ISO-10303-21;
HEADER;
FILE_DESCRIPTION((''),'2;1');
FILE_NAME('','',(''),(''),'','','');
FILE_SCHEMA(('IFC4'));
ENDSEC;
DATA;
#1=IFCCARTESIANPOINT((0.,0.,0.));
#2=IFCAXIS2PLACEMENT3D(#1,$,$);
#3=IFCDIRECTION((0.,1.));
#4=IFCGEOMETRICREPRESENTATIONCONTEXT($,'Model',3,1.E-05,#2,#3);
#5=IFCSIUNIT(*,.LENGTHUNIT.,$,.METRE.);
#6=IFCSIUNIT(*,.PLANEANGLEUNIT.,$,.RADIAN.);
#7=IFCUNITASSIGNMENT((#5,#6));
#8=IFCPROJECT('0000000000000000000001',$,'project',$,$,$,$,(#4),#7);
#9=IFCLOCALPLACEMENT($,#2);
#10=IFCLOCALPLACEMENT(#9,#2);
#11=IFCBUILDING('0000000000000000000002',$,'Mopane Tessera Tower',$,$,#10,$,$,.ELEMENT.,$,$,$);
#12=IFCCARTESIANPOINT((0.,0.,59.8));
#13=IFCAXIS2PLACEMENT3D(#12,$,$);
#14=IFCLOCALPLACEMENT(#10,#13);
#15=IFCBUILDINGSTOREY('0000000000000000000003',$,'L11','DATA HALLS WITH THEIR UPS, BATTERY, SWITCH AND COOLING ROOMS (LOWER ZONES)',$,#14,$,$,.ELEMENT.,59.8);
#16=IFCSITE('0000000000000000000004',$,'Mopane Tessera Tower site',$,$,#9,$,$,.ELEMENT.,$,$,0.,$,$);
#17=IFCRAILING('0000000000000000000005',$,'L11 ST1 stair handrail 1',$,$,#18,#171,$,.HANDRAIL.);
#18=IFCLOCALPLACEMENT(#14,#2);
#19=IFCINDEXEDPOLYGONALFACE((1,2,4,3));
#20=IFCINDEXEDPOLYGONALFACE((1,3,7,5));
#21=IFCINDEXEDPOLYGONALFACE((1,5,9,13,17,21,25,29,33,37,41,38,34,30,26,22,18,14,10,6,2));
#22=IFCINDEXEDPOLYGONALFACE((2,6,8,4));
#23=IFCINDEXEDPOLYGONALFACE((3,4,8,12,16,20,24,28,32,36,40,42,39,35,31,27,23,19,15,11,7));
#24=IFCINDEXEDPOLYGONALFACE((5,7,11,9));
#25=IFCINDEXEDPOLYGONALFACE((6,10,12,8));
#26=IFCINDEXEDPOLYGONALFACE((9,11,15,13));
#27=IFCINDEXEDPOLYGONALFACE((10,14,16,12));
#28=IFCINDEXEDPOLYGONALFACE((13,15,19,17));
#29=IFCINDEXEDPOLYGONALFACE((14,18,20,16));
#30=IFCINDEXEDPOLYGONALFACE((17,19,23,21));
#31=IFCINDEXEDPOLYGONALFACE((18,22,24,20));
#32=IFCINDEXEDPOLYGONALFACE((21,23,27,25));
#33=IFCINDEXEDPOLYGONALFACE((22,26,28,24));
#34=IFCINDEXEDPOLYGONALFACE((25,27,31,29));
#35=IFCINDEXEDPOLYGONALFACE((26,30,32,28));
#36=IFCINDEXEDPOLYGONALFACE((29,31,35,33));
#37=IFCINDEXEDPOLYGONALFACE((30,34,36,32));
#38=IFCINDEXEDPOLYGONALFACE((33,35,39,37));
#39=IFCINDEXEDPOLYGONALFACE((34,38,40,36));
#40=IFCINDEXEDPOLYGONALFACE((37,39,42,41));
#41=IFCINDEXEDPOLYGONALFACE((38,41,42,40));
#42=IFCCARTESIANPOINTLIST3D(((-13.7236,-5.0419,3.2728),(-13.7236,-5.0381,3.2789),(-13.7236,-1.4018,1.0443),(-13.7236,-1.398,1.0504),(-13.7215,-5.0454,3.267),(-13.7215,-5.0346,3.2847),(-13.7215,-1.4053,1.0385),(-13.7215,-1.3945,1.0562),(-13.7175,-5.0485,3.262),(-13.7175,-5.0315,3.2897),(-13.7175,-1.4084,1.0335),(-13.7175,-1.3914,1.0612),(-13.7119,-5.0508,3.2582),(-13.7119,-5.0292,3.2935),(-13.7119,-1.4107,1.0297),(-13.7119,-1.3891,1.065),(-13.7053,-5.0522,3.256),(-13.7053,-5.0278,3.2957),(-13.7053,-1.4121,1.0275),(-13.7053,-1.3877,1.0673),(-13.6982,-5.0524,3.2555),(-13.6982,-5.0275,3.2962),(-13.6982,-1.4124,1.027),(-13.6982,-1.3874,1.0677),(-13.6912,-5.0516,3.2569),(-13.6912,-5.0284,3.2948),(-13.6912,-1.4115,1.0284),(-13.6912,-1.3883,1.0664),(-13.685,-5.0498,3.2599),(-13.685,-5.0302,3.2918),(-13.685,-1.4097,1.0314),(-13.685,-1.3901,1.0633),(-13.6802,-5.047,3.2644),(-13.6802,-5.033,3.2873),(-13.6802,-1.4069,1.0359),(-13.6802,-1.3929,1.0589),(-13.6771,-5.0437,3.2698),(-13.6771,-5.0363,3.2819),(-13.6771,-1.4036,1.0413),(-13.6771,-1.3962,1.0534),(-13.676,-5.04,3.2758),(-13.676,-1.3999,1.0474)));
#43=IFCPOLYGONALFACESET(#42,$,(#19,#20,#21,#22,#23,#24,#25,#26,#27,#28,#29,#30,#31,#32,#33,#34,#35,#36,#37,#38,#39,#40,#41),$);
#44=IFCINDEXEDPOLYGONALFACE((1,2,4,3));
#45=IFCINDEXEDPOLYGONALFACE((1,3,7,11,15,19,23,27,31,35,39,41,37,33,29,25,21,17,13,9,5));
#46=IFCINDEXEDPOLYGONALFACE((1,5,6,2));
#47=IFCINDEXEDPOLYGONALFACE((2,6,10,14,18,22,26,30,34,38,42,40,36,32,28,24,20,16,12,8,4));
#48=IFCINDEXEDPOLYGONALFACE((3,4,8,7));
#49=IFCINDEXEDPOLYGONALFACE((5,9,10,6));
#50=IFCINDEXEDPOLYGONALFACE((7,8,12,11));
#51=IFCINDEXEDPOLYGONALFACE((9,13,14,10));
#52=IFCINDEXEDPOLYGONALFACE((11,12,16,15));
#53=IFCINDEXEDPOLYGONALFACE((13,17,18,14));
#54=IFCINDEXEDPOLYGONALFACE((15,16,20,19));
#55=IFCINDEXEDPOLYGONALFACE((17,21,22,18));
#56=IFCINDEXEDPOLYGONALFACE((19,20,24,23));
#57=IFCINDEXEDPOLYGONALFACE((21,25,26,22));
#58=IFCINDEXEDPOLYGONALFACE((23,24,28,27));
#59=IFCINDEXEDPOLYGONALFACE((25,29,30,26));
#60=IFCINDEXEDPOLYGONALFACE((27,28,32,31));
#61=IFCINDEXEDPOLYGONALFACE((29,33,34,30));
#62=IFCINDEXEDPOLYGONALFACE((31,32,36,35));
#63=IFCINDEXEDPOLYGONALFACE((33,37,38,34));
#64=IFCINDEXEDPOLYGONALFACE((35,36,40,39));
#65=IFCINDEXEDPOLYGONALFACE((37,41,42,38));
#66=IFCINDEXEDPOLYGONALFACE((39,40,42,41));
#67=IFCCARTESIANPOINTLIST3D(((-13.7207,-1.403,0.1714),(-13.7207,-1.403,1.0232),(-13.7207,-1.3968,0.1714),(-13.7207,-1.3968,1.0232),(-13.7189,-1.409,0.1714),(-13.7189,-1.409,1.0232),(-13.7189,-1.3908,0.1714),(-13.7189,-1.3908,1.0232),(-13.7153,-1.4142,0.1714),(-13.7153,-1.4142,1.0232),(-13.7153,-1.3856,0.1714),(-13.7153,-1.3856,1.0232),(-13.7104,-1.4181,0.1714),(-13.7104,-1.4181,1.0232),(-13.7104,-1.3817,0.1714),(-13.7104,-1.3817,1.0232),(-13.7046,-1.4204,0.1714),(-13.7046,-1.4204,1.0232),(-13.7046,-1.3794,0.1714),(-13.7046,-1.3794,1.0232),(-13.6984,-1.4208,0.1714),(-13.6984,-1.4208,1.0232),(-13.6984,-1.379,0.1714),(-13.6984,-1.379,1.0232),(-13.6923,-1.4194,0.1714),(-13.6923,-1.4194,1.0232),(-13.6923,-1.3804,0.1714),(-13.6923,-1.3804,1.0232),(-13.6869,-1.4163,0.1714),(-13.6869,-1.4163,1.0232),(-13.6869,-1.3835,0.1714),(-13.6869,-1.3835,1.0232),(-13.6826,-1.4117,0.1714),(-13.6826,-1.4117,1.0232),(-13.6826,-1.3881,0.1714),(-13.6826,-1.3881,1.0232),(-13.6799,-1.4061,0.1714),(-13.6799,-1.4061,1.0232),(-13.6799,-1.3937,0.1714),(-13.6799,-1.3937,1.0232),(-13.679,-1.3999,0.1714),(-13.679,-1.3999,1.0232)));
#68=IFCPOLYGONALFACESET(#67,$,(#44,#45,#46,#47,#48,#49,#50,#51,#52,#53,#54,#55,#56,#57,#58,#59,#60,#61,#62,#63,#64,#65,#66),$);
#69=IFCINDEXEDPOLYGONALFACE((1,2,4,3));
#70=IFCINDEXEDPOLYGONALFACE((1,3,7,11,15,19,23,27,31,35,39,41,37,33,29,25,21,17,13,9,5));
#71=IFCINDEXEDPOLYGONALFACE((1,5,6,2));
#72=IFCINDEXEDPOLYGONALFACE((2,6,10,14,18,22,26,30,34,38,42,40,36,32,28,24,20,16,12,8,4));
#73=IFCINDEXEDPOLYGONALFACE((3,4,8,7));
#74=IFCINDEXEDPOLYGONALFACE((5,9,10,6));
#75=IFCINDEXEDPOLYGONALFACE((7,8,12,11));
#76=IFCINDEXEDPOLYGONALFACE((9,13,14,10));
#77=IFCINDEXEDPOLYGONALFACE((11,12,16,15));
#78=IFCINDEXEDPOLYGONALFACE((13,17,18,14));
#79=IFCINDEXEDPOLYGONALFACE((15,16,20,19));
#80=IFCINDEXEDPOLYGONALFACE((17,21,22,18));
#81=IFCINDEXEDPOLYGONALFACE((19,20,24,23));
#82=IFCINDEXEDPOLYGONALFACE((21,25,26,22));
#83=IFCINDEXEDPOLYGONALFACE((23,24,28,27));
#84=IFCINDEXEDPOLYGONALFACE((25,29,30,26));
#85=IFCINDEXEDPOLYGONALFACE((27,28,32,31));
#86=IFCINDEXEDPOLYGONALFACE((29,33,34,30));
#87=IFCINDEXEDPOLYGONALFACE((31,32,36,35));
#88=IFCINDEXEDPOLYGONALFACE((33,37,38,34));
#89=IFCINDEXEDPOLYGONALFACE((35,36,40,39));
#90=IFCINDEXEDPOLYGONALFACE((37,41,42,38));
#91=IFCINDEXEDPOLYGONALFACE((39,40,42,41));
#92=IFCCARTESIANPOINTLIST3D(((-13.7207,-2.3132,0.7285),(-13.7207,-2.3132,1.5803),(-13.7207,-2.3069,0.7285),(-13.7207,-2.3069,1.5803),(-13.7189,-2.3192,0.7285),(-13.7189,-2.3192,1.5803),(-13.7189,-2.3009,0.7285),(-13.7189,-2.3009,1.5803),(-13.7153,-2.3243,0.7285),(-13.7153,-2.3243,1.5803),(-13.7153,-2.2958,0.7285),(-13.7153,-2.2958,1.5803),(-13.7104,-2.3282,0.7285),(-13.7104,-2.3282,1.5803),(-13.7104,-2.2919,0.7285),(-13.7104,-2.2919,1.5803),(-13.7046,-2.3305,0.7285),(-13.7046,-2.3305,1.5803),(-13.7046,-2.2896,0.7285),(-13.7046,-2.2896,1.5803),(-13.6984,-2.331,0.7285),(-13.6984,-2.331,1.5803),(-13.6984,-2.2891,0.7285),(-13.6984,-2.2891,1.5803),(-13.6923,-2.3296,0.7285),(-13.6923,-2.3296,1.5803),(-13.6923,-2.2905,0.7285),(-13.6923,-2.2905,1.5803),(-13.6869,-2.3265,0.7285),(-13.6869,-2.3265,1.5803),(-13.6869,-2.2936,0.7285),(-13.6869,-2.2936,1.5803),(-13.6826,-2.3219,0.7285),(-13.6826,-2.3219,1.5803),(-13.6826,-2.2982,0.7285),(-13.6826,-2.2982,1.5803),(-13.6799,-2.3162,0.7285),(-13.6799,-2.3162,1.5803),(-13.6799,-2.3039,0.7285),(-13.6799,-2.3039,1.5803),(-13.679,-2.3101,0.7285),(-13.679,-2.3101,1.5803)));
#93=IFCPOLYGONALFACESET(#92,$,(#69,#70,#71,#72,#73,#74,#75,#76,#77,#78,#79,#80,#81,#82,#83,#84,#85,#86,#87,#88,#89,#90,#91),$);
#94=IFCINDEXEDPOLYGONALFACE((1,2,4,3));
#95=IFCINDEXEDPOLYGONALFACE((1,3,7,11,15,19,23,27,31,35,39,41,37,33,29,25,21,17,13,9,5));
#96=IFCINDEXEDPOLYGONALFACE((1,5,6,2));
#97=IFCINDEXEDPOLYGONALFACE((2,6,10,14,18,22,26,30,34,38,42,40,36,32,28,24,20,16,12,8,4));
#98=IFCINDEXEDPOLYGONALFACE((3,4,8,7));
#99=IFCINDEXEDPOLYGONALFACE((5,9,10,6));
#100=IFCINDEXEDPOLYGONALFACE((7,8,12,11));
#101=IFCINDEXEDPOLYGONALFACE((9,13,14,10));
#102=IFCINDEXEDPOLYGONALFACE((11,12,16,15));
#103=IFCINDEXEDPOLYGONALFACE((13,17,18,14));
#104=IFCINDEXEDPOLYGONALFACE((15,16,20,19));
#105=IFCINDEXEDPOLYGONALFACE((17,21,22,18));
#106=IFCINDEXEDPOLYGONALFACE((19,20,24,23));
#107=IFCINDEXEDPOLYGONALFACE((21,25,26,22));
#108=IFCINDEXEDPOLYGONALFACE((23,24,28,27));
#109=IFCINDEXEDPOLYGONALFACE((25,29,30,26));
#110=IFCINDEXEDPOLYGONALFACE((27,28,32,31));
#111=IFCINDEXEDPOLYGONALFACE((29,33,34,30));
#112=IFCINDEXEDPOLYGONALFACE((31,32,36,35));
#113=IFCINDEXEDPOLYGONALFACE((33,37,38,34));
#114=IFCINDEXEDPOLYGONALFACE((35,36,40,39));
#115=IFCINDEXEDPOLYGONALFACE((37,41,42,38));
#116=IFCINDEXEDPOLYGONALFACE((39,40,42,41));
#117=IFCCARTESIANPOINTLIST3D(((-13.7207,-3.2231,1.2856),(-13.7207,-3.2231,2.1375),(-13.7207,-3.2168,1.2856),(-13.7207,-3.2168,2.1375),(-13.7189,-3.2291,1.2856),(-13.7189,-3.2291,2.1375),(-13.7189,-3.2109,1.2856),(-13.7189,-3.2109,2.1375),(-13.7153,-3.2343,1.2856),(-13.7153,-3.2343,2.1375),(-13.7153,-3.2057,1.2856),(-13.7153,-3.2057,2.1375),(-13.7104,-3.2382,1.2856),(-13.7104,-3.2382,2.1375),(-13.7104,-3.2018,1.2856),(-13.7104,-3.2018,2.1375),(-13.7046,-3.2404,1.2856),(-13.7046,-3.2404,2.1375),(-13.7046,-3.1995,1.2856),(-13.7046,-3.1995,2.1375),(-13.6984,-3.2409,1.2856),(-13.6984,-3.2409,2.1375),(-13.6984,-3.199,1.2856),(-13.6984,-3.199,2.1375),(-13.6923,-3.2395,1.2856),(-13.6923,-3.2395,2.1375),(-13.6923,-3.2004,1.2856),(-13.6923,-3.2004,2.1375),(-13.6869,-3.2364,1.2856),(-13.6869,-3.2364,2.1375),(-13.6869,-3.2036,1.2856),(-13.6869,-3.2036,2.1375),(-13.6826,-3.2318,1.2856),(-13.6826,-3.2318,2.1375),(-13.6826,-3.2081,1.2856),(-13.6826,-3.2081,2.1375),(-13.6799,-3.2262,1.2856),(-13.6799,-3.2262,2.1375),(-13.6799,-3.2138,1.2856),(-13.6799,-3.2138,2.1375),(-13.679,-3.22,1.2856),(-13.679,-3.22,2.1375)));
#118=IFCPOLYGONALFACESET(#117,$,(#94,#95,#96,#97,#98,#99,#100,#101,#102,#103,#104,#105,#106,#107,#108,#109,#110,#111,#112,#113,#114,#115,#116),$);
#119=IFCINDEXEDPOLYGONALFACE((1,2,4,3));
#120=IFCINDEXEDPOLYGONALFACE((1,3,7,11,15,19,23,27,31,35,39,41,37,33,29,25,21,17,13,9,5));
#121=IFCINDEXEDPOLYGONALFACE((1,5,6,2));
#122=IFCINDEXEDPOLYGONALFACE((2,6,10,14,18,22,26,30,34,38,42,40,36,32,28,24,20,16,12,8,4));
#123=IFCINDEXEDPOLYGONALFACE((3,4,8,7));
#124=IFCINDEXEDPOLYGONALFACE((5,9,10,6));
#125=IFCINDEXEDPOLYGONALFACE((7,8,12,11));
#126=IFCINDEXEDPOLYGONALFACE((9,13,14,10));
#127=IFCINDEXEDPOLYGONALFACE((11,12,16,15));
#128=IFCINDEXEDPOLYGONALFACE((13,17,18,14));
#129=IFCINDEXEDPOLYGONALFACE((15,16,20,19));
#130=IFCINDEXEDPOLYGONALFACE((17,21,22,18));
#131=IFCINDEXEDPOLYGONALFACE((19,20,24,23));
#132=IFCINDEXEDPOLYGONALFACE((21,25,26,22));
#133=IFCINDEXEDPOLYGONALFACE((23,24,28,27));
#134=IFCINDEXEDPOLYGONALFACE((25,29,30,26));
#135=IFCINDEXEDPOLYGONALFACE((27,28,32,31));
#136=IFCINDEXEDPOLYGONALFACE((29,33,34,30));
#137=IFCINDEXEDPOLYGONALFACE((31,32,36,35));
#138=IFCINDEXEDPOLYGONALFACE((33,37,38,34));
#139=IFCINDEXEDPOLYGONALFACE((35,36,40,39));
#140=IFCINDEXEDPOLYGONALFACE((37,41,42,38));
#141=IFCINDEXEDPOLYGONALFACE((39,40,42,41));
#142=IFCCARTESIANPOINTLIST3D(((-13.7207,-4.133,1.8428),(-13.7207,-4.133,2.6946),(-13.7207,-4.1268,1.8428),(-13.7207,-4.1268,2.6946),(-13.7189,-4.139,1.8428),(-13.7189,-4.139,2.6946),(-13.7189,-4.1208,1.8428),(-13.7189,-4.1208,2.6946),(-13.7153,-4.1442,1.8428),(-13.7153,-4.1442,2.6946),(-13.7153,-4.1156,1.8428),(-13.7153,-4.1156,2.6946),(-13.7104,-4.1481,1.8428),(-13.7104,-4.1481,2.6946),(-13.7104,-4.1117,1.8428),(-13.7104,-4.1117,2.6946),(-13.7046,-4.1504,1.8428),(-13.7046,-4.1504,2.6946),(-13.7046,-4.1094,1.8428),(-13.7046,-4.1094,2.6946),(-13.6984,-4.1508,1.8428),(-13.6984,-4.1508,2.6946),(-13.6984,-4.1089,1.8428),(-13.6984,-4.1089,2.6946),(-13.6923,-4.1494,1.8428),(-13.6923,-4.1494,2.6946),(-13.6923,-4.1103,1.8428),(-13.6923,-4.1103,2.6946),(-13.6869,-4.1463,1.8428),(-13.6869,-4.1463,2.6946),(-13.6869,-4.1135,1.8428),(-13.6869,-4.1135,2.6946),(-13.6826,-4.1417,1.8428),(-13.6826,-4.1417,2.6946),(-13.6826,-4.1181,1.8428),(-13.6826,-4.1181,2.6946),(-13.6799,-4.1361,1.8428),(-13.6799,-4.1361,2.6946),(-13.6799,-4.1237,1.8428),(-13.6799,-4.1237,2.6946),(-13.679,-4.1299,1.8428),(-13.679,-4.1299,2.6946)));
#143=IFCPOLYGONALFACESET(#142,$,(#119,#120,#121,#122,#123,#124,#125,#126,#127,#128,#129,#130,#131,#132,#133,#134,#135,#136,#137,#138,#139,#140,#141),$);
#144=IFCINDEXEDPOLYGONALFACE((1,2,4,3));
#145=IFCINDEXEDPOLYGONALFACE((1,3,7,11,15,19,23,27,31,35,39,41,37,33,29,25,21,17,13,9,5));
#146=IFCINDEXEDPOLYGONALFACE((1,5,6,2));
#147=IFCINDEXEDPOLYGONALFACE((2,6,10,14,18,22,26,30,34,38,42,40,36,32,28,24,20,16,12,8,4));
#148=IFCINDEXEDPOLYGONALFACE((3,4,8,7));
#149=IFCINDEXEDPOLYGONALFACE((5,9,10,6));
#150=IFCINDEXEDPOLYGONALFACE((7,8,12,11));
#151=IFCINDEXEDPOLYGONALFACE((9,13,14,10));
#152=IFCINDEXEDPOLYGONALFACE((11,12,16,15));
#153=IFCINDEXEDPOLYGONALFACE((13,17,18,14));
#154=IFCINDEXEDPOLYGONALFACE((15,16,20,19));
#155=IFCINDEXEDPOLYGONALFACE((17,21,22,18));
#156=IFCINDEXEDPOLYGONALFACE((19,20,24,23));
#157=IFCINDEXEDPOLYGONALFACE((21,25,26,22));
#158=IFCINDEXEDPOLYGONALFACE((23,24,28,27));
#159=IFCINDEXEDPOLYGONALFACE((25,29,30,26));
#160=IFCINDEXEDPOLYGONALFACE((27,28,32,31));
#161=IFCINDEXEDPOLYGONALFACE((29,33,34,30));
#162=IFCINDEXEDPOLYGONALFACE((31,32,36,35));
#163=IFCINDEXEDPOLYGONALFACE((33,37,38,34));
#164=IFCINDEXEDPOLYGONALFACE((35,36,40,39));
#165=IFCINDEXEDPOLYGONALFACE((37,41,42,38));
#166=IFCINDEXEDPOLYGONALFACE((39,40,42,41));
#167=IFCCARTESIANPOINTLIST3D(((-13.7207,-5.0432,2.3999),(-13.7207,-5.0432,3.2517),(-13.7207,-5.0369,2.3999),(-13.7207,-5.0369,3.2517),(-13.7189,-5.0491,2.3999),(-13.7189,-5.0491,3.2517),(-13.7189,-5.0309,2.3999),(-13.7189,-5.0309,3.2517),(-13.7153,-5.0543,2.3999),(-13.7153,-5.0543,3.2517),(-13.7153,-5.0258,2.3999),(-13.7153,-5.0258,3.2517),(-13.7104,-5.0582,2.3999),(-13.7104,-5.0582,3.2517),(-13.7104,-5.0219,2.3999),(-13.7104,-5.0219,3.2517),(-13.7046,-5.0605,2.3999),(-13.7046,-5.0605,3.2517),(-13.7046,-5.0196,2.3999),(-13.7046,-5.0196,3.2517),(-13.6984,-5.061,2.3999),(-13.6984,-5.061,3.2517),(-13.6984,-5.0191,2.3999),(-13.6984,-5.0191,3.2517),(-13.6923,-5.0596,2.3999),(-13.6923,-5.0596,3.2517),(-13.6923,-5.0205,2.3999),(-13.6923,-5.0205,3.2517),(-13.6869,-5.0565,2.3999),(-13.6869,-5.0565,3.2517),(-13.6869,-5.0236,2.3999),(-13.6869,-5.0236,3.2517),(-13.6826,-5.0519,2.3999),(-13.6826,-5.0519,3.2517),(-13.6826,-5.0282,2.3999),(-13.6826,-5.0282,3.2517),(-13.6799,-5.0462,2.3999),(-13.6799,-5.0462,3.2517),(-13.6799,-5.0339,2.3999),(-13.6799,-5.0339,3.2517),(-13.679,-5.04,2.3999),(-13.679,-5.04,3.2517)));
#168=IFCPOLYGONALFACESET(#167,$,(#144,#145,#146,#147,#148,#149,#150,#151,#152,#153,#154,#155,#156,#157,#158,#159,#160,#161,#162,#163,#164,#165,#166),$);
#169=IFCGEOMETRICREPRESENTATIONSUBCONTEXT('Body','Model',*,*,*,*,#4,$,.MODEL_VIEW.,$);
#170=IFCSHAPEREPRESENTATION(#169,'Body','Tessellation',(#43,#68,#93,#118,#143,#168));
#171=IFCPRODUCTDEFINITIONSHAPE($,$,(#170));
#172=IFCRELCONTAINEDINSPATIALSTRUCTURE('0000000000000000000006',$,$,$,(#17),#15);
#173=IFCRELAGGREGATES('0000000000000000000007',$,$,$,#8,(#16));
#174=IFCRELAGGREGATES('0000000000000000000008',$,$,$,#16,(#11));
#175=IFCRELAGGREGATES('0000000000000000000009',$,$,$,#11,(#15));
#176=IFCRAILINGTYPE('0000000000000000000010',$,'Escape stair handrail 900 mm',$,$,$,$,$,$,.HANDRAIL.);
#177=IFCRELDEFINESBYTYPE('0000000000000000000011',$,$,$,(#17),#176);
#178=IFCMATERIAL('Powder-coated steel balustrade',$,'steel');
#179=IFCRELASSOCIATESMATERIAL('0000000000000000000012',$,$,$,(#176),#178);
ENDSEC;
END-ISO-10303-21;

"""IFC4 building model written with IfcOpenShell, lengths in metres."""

from ifc_helpers import new_model, si_unit, direction, frame, origin, origin_2d, place, context, subcontext, project, spatial, circle, extrude, material, type_object, element, save


model = new_model("IFC4")

# Units and contexts
model_context = context("Model", 3, precision=1e-05, world=origin(), true_north=direction((0.0, 1.0)))
body_context = subcontext(model_context, "Body", "Model", "MODEL_VIEW")
ifc_project = project(units=[si_unit("LENGTHUNIT", "METRE"), si_unit("PLANEANGLEUNIT", "RADIAN")], contexts=[model_context])

# Site, building, storey
site_placement = place(None, origin())
site = spatial("IfcSite", under=ifc_project, at=site_placement, Name="Mopane Tessera Tower site", CompositionType="ELEMENT", RefElevation=0.0)
building_placement = place(site_placement, origin())
building = spatial("IfcBuilding", under=site, at=building_placement, Name="Mopane Tessera Tower", CompositionType="ELEMENT")
storey_placement = place(building_placement, frame((0.0, 0.0, 59.8)))
storey = spatial("IfcBuildingStorey", under=building, at=storey_placement, Name="L11", Description="DATA HALLS WITH THEIR UPS, BATTERY, SWITCH AND COOLING ROOMS (LOWER ZONES)", CompositionType="ELEMENT", Elevation=59.8)

# Railing
ifc_material_1 = material(Name="Powder-coated steel balustrade", Category="steel")
railing_type_1 = type_object("IfcRailingType", Name="Escape stair handrail 900 mm", PredefinedType="HANDRAIL", material=ifc_material_1)
railing_1_placement = place(storey_placement, frame((-13.7, -1.3999, 0.1714)))
element("IfcRailing", 1, at=railing_1_placement, inside=storey, type_object=railing_type_1, Name="L11 ST1 stair handrail 1", PredefinedType="HANDRAIL", context=body_context, shape_type="SweptSolid", body=[
    extrude(circle(Radius=0.0239, at=origin_2d()), frame((0.0, 0.0, 0.876), z_axis=(0.0, -0.852866, 0.52213), x_axis=(1.0, 0.0, 0.0)), (0.0, 0.0, 1.0), 4.2681),
    extrude(circle(Radius=0.021, at=origin_2d()), origin(), (0.0, 0.0, 1.0), 0.8518),
    extrude(circle(Radius=0.021, at=origin_2d()), frame((0.0, -0.9102, 0.5571)), (0.0, 0.0, 1.0), 0.8518),
    extrude(circle(Radius=0.021, at=origin_2d()), frame((0.0, -1.8201, 1.1143)), (0.0, 0.0, 1.0), 0.8518),
    extrude(circle(Radius=0.021, at=origin_2d()), frame((0.0, -2.73, 1.6714)), (0.0, 0.0, 1.0), 0.8518),
    extrude(circle(Radius=0.021, at=origin_2d()), frame((0.0, -3.6401, 2.2285)), (0.0, 0.0, 1.0), 0.8518),
])

save(model, "model.ifc")
